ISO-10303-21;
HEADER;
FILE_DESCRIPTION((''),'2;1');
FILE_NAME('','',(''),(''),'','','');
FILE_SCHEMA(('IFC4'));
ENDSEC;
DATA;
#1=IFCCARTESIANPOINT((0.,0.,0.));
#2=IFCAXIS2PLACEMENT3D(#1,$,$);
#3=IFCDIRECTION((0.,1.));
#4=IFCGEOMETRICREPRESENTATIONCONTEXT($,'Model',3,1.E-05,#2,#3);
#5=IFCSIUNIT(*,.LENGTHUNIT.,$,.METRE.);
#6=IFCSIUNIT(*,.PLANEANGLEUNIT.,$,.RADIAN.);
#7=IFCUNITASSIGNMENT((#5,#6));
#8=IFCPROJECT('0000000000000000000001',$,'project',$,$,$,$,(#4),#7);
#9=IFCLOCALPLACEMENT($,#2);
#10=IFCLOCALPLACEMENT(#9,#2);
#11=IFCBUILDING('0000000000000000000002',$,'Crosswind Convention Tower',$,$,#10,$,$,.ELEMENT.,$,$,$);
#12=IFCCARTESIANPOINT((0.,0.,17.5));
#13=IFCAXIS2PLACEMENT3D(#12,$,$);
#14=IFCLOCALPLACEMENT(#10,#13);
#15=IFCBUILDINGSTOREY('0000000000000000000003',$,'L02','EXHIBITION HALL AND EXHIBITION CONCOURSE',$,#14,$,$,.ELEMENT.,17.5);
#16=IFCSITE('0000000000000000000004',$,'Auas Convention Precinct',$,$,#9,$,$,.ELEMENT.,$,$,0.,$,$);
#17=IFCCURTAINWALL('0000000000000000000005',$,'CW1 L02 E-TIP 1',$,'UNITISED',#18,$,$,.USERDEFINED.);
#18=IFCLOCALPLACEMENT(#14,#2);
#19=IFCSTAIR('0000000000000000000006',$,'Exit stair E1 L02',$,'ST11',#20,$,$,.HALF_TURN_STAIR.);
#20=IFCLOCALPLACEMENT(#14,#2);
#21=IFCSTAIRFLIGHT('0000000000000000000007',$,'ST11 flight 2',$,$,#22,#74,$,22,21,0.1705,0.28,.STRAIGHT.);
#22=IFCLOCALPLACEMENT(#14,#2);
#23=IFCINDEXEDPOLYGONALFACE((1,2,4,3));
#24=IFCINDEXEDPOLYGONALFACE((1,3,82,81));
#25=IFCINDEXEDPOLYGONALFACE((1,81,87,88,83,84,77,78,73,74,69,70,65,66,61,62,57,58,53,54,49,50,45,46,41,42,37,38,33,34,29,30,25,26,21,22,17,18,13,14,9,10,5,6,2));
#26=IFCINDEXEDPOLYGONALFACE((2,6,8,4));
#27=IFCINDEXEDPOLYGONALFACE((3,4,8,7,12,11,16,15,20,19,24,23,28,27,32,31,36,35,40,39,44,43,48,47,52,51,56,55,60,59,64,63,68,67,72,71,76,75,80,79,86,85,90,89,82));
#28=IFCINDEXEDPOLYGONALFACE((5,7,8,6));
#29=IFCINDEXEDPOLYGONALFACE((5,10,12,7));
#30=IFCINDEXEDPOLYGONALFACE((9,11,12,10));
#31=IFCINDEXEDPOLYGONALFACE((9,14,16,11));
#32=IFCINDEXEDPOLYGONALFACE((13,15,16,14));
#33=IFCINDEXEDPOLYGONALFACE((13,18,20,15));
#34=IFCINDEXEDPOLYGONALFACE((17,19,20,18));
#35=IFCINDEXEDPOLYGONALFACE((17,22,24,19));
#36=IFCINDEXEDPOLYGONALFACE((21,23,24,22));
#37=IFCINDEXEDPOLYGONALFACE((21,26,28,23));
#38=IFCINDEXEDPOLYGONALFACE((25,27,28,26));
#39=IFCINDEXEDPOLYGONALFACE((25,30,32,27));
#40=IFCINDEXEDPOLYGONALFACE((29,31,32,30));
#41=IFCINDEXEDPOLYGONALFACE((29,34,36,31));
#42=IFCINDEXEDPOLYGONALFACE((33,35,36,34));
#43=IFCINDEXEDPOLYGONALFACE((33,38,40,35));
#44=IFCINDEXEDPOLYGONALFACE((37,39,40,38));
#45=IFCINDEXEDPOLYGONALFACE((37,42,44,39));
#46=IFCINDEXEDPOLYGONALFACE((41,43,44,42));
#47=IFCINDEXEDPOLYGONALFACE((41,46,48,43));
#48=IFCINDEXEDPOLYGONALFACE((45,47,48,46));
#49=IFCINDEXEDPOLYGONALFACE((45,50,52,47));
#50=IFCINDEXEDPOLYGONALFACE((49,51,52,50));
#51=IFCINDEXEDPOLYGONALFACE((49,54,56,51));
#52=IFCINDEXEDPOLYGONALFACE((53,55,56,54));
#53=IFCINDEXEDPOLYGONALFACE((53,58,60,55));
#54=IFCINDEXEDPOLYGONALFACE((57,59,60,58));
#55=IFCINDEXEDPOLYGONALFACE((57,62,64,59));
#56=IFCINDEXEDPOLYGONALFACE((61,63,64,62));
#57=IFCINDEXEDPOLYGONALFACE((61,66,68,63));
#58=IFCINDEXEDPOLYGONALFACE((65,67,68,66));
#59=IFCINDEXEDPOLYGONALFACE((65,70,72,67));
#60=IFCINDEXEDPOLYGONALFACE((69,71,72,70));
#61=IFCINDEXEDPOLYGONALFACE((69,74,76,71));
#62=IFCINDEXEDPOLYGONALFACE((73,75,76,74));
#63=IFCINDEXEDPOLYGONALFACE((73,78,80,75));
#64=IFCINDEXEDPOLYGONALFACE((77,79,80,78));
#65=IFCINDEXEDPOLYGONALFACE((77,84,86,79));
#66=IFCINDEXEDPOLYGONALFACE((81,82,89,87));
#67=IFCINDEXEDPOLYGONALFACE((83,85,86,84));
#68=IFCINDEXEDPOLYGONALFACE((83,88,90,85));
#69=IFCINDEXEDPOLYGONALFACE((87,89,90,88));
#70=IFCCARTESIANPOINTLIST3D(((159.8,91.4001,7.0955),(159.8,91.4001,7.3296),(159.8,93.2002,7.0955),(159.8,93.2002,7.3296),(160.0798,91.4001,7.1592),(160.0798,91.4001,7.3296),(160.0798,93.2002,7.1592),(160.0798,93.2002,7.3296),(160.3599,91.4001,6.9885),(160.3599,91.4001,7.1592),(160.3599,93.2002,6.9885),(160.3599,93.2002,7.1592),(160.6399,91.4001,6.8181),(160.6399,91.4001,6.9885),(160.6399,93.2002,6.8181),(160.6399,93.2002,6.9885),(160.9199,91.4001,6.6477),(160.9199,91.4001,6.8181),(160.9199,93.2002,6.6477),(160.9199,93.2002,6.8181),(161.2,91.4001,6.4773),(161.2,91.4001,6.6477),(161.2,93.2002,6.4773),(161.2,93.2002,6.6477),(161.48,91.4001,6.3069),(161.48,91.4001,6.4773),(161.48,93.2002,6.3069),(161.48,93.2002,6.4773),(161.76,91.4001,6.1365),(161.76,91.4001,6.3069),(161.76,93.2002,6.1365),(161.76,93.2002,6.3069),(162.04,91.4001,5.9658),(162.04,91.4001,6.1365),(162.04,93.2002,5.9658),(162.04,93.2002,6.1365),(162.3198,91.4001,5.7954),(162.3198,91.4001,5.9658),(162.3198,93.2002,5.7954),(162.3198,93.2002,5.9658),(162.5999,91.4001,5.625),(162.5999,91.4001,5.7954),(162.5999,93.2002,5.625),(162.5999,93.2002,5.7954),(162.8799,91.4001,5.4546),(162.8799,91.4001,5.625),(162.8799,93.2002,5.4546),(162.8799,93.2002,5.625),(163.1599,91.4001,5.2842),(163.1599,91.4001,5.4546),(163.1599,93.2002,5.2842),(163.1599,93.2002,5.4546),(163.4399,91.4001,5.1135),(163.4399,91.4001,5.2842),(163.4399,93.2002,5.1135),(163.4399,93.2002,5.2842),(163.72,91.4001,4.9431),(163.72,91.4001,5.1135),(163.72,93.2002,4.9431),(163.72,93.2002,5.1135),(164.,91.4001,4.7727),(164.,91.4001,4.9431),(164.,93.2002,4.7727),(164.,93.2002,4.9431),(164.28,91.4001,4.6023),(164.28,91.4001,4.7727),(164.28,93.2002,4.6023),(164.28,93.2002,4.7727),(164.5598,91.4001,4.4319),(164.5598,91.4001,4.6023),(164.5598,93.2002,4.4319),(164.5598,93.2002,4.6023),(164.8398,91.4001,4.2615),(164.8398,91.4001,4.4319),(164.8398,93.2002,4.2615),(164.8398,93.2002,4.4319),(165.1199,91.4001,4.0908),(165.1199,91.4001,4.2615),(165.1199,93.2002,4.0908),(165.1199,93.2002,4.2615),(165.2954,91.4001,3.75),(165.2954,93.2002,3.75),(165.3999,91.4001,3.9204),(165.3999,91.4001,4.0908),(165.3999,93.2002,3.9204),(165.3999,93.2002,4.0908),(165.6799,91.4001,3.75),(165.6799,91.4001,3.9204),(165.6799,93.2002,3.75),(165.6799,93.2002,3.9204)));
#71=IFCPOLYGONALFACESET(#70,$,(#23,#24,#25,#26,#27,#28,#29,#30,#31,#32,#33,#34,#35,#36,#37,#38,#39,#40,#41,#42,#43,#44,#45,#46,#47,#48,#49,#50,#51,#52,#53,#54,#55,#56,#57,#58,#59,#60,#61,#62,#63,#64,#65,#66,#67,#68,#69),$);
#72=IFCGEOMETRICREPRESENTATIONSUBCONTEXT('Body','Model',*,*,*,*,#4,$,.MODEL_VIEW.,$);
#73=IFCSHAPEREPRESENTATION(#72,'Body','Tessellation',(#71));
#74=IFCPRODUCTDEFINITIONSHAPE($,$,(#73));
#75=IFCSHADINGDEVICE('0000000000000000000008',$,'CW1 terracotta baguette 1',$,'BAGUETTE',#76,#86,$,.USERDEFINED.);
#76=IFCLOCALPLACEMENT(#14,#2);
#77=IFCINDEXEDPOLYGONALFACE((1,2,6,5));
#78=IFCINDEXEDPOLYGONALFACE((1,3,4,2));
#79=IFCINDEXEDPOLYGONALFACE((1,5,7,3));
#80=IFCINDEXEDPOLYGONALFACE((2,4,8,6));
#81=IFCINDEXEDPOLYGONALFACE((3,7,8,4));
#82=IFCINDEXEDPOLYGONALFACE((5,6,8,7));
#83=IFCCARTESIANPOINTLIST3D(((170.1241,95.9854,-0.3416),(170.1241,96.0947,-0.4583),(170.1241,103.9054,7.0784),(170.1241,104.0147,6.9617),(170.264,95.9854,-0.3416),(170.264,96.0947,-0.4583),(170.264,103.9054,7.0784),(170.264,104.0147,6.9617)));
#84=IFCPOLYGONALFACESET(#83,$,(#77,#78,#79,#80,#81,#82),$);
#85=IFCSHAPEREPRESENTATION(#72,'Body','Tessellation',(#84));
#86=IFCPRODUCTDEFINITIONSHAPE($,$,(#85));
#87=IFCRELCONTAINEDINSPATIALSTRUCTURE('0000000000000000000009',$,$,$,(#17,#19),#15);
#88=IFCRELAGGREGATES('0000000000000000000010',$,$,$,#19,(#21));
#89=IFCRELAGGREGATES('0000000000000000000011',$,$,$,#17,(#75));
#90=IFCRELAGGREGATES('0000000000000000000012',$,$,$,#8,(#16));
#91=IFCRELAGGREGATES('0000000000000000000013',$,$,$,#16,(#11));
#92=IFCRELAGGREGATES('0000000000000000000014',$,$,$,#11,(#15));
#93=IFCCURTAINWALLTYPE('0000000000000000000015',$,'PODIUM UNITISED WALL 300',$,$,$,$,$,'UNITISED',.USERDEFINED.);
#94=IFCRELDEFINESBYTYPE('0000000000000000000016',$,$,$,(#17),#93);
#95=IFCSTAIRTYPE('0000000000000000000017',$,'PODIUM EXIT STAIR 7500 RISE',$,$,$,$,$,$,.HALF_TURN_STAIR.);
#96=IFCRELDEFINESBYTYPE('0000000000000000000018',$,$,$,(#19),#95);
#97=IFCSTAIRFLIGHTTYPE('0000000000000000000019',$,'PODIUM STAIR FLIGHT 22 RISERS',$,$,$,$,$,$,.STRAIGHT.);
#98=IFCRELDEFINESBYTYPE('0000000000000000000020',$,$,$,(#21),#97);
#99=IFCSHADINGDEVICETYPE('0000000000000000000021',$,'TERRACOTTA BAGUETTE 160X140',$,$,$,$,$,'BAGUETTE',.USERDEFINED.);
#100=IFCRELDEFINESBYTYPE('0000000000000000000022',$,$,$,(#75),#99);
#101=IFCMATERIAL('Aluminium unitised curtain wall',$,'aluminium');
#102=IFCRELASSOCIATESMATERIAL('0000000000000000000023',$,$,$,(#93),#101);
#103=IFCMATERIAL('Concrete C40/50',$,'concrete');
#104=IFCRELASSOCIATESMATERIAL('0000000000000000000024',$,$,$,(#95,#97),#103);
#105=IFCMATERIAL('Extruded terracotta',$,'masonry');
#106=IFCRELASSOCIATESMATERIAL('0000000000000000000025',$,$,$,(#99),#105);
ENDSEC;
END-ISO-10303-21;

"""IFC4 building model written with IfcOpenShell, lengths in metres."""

from ifc_helpers import new_model, si_unit, direction, frame, origin, origin_2d, place, context, subcontext, project, spatial, polyline, rectangle, outline, extrude, material, material_profile, profile_set, type_object, element, aggregate, save


model = new_model("IFC4")

# Units and contexts
model_context = context("Model", 3, precision=1e-05, world=origin(), true_north=direction((0.0, 1.0)))
body_context = subcontext(model_context, "Body", "Model", "MODEL_VIEW")
ifc_project = project(units=[si_unit("LENGTHUNIT", "METRE"), si_unit("PLANEANGLEUNIT", "RADIAN")], contexts=[model_context])

# Site, building, storey
site_placement = place(None, origin())
site = spatial("IfcSite", under=ifc_project, at=site_placement, Name="Auas Convention Precinct", CompositionType="ELEMENT", RefElevation=0.0)
building_placement = place(site_placement, origin())
building = spatial("IfcBuilding", under=site, at=building_placement, Name="Crosswind Convention Tower", CompositionType="ELEMENT")
storey_placement = place(building_placement, frame((0.0, 0.0, 17.5)))
storey = spatial("IfcBuildingStorey", under=building, at=storey_placement, Name="L02", Description="EXHIBITION HALL AND EXHIBITION CONCOURSE", CompositionType="ELEMENT", Elevation=17.5)

# Curtain wall
ifc_material_1 = material(Name="Aluminium unitised curtain wall", Category="aluminium")
curtain_wall_type = type_object("IfcCurtainWallType", Name="PODIUM UNITISED WALL 300", ElementType="UNITISED", PredefinedType="USERDEFINED", material=ifc_material_1)
curtain_wall_placement = place(storey_placement, origin())
curtain_wall = element("IfcCurtainWall", 1, at=curtain_wall_placement, inside=storey, type_object=curtain_wall_type, Name="CW1 L02 E-TIP 1", ObjectType="UNITISED", PredefinedType="USERDEFINED")

# Shared definitions
ifc_material_2 = material(Name="Concrete C40/50", Category="concrete")

# Stair, stair flight
stair_type = type_object("IfcStairType", Name="PODIUM EXIT STAIR 7500 RISE", PredefinedType="HALF_TURN_STAIR", material=ifc_material_2)
stair_placement = place(storey_placement, origin())
stair = element("IfcStair", 2, at=stair_placement, inside=storey, type_object=stair_type, Name="Exit stair E1 L02", ObjectType="ST11", PredefinedType="HALF_TURN_STAIR")
stair_flight_type = type_object("IfcStairFlightType", Name="PODIUM STAIR FLIGHT 22 RISERS", PredefinedType="STRAIGHT", material=ifc_material_2)
stair_flight_1_placement = place(storey_placement, frame((165.6799, 92.3, 3.75), z_axis=(0.0, 0.0, 1.0), x_axis=(-1.0, 0.0, 0.0)))
stair_flight_1 = element("IfcStairFlight", 3, at=stair_flight_1_placement, type_object=stair_flight_type, Name="ST11 flight 2", NumberOfRisers=22, NumberOfTreads=21, PredefinedType="STRAIGHT", RiserHeight=0.1705, TreadLength=0.28, context=body_context, shape_type="SweptSolid", body=[
    extrude(outline(polyline([(0.0, 0.0), (0.0, 0.1704), (0.28, 0.1704), (0.28, 0.3408), (0.5601, 0.3408), (0.5601, 0.5115), (0.8401, 0.5115), (0.8401, 0.6819), (1.1201, 0.6819), (1.1201, 0.8523), (1.3999, 0.8523), (1.3999, 1.0227), (1.6799, 1.0227), (1.6799, 1.1931), (1.96, 1.1931), (1.96, 1.3635), (2.24, 1.3635), (2.24, 1.5342), (2.52, 1.5342), (2.52, 1.7046), (2.8, 1.7046), (2.8, 1.875), (3.0801, 1.875), (3.0801, 2.0454), (3.3601, 2.0454), (3.3601, 2.2158), (3.6399, 2.2158), (3.6399, 2.3865), (3.9199, 2.3865), (3.9199, 2.5569), (4.2, 2.5569), (4.2, 2.7273), (4.48, 2.7273), (4.48, 2.8977), (4.76, 2.8977), (4.76, 3.0681), (5.04, 3.0681), (5.04, 3.2385), (5.3201, 3.2385), (5.3201, 3.4092), (5.6001, 3.4092), (5.6001, 3.5796), (5.8799, 3.5796), (5.8799, 3.75), (5.8799, 3.3455), (0.3845, 0.0), (0.0, 0.0)])), frame((0.0, 0.8999, 0.0), z_axis=(0.0, -1.0, 0.0), x_axis=(1.0, 0.0, 0.0)), (0.0, 0.0, 1.0), 1.8),
])
aggregate(stair, [stair_flight_1])

# Shading device
ifc_material_3 = material(Name="Extruded terracotta", Category="masonry")
ifc_material_profile_1 = material_profile(ifc_material_3, rectangle(XDim=0.1399, YDim=0.1599, at=origin_2d()), Name="TC 140X160")
ifc_profile_set_1 = profile_set([ifc_material_profile_1], Name="Extruded terracotta")
shading_device_type = type_object("IfcShadingDeviceType", Name="TERRACOTTA BAGUETTE 160X140", ElementType="BAGUETTE", PredefinedType="USERDEFINED", material=ifc_profile_set_1)
shading_device_placement = place(storey_placement, frame((170.1941, 96.04, -0.3999), z_axis=(0.0, 0.729767, 0.683696), x_axis=(-1.0, 0.0, 0.0)))
shading_device = element("IfcShadingDevice", 4, at=shading_device_placement, type_object=shading_device_type, Name="CW1 terracotta baguette 1", ObjectType="BAGUETTE", PredefinedType="USERDEFINED", context=body_context, shape_type="SweptSolid", body=[
    extrude(rectangle(XDim=0.1399, YDim=0.1599, at=origin_2d()), origin(), (0.0, 0.0, 1.0), 10.8528),
])
aggregate(curtain_wall, [shading_device])

save(model, "model.ifc")
